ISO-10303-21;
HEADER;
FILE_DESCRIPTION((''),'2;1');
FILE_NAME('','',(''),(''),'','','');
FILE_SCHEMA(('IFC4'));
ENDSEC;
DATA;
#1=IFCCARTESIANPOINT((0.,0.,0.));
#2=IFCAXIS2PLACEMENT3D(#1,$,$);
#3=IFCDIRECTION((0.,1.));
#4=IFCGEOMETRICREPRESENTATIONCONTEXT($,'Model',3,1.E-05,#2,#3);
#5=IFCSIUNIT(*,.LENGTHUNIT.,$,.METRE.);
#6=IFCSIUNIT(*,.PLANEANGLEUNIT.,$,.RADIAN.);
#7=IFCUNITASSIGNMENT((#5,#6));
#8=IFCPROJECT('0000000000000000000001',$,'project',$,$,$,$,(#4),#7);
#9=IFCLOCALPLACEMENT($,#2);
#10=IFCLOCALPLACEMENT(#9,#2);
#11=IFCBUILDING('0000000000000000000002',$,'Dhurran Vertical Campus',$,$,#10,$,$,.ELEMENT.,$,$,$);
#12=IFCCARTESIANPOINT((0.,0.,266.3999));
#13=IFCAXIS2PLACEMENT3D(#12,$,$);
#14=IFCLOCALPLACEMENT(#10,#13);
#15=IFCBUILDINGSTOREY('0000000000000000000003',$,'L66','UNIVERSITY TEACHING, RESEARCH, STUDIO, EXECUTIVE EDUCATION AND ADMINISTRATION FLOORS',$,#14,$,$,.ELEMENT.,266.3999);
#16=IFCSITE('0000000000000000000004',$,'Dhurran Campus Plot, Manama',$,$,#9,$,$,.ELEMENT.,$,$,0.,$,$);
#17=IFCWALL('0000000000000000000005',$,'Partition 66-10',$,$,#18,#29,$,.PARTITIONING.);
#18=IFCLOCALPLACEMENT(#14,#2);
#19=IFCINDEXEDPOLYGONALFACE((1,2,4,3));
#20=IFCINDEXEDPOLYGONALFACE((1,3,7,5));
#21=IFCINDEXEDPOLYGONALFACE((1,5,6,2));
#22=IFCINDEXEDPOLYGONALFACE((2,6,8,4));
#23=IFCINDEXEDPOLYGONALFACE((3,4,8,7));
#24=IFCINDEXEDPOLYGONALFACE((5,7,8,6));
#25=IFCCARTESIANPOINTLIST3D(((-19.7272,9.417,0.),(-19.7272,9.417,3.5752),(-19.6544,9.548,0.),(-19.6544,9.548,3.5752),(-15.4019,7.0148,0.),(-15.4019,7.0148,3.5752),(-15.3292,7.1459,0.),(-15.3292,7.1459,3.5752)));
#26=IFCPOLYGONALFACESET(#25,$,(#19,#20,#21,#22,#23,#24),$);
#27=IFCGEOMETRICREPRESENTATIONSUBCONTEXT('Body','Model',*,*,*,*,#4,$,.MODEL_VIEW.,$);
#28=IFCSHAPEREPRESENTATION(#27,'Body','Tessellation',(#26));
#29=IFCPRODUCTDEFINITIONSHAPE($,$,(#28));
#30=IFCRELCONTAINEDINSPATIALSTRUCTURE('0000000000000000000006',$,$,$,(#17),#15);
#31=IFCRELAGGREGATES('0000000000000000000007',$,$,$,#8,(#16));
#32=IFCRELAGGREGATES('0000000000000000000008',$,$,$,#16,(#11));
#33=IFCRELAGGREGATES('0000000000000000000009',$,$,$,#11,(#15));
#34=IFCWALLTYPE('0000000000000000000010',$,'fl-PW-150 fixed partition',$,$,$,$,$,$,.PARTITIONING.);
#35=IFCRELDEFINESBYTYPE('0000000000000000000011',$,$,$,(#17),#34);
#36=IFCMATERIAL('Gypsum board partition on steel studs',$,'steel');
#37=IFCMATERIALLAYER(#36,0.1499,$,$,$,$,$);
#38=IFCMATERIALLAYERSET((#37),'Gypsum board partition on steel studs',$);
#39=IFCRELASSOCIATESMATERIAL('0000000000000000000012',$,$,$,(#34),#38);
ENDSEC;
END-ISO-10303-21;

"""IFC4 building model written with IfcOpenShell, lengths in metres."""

from ifc_helpers import new_model, si_unit, direction, frame, frame_2d, origin, place, context, subcontext, project, spatial, rectangle, extrude, material, layer, layer_set, type_object, element, save


model = new_model("IFC4")

# Units and contexts
model_context = context("Model", 3, precision=1e-05, world=origin(), true_north=direction((0.0, 1.0)))
body_context = subcontext(model_context, "Body", "Model", "MODEL_VIEW")
ifc_project = project(units=[si_unit("LENGTHUNIT", "METRE"), si_unit("PLANEANGLEUNIT", "RADIAN")], contexts=[model_context])

# Site, building, storey
site_placement = place(None, origin())
site = spatial("IfcSite", under=ifc_project, at=site_placement, Name="Dhurran Campus Plot, Manama", CompositionType="ELEMENT", RefElevation=0.0)
building_placement = place(site_placement, origin())
building = spatial("IfcBuilding", under=site, at=building_placement, Name="Dhurran Vertical Campus", CompositionType="ELEMENT")
storey_placement = place(building_placement, frame((0.0, 0.0, 266.3999)))
storey = spatial("IfcBuildingStorey", under=building, at=storey_placement, Name="L66", Description="UNIVERSITY TEACHING, RESEARCH, STUDIO, EXECUTIVE EDUCATION AND ADMINISTRATION FLOORS", CompositionType="ELEMENT", Elevation=266.3999)

# Wall
ifc_material_1 = material(Name="Gypsum board partition on steel studs", Category="steel")
ifc_layer_1 = layer(ifc_material_1, 0.1499)
ifc_layer_set_1 = layer_set([ifc_layer_1], Name="Gypsum board partition on steel studs")
wall_type_1 = type_object("IfcWallType", Name="fl-PW-150 fixed partition", PredefinedType="PARTITIONING", material=ifc_layer_set_1)
wall_1_placement = place(storey_placement, frame((-19.6907, 9.4824, 0.0), z_axis=(0.0, 0.0, 1.0), x_axis=(0.874225, -0.485521, 0.0)))
element("IfcWall", 1, at=wall_1_placement, inside=storey, type_object=wall_type_1, Name="Partition 66-10", PredefinedType="PARTITIONING", context=body_context, shape_type="SweptSolid", body=[
    extrude(rectangle(XDim=4.9475, YDim=0.1499, at=frame_2d((2.4736, 0.0))), origin(), (0.0, 0.0, 1.0), 3.5752),
])

save(model, "model.ifc")
